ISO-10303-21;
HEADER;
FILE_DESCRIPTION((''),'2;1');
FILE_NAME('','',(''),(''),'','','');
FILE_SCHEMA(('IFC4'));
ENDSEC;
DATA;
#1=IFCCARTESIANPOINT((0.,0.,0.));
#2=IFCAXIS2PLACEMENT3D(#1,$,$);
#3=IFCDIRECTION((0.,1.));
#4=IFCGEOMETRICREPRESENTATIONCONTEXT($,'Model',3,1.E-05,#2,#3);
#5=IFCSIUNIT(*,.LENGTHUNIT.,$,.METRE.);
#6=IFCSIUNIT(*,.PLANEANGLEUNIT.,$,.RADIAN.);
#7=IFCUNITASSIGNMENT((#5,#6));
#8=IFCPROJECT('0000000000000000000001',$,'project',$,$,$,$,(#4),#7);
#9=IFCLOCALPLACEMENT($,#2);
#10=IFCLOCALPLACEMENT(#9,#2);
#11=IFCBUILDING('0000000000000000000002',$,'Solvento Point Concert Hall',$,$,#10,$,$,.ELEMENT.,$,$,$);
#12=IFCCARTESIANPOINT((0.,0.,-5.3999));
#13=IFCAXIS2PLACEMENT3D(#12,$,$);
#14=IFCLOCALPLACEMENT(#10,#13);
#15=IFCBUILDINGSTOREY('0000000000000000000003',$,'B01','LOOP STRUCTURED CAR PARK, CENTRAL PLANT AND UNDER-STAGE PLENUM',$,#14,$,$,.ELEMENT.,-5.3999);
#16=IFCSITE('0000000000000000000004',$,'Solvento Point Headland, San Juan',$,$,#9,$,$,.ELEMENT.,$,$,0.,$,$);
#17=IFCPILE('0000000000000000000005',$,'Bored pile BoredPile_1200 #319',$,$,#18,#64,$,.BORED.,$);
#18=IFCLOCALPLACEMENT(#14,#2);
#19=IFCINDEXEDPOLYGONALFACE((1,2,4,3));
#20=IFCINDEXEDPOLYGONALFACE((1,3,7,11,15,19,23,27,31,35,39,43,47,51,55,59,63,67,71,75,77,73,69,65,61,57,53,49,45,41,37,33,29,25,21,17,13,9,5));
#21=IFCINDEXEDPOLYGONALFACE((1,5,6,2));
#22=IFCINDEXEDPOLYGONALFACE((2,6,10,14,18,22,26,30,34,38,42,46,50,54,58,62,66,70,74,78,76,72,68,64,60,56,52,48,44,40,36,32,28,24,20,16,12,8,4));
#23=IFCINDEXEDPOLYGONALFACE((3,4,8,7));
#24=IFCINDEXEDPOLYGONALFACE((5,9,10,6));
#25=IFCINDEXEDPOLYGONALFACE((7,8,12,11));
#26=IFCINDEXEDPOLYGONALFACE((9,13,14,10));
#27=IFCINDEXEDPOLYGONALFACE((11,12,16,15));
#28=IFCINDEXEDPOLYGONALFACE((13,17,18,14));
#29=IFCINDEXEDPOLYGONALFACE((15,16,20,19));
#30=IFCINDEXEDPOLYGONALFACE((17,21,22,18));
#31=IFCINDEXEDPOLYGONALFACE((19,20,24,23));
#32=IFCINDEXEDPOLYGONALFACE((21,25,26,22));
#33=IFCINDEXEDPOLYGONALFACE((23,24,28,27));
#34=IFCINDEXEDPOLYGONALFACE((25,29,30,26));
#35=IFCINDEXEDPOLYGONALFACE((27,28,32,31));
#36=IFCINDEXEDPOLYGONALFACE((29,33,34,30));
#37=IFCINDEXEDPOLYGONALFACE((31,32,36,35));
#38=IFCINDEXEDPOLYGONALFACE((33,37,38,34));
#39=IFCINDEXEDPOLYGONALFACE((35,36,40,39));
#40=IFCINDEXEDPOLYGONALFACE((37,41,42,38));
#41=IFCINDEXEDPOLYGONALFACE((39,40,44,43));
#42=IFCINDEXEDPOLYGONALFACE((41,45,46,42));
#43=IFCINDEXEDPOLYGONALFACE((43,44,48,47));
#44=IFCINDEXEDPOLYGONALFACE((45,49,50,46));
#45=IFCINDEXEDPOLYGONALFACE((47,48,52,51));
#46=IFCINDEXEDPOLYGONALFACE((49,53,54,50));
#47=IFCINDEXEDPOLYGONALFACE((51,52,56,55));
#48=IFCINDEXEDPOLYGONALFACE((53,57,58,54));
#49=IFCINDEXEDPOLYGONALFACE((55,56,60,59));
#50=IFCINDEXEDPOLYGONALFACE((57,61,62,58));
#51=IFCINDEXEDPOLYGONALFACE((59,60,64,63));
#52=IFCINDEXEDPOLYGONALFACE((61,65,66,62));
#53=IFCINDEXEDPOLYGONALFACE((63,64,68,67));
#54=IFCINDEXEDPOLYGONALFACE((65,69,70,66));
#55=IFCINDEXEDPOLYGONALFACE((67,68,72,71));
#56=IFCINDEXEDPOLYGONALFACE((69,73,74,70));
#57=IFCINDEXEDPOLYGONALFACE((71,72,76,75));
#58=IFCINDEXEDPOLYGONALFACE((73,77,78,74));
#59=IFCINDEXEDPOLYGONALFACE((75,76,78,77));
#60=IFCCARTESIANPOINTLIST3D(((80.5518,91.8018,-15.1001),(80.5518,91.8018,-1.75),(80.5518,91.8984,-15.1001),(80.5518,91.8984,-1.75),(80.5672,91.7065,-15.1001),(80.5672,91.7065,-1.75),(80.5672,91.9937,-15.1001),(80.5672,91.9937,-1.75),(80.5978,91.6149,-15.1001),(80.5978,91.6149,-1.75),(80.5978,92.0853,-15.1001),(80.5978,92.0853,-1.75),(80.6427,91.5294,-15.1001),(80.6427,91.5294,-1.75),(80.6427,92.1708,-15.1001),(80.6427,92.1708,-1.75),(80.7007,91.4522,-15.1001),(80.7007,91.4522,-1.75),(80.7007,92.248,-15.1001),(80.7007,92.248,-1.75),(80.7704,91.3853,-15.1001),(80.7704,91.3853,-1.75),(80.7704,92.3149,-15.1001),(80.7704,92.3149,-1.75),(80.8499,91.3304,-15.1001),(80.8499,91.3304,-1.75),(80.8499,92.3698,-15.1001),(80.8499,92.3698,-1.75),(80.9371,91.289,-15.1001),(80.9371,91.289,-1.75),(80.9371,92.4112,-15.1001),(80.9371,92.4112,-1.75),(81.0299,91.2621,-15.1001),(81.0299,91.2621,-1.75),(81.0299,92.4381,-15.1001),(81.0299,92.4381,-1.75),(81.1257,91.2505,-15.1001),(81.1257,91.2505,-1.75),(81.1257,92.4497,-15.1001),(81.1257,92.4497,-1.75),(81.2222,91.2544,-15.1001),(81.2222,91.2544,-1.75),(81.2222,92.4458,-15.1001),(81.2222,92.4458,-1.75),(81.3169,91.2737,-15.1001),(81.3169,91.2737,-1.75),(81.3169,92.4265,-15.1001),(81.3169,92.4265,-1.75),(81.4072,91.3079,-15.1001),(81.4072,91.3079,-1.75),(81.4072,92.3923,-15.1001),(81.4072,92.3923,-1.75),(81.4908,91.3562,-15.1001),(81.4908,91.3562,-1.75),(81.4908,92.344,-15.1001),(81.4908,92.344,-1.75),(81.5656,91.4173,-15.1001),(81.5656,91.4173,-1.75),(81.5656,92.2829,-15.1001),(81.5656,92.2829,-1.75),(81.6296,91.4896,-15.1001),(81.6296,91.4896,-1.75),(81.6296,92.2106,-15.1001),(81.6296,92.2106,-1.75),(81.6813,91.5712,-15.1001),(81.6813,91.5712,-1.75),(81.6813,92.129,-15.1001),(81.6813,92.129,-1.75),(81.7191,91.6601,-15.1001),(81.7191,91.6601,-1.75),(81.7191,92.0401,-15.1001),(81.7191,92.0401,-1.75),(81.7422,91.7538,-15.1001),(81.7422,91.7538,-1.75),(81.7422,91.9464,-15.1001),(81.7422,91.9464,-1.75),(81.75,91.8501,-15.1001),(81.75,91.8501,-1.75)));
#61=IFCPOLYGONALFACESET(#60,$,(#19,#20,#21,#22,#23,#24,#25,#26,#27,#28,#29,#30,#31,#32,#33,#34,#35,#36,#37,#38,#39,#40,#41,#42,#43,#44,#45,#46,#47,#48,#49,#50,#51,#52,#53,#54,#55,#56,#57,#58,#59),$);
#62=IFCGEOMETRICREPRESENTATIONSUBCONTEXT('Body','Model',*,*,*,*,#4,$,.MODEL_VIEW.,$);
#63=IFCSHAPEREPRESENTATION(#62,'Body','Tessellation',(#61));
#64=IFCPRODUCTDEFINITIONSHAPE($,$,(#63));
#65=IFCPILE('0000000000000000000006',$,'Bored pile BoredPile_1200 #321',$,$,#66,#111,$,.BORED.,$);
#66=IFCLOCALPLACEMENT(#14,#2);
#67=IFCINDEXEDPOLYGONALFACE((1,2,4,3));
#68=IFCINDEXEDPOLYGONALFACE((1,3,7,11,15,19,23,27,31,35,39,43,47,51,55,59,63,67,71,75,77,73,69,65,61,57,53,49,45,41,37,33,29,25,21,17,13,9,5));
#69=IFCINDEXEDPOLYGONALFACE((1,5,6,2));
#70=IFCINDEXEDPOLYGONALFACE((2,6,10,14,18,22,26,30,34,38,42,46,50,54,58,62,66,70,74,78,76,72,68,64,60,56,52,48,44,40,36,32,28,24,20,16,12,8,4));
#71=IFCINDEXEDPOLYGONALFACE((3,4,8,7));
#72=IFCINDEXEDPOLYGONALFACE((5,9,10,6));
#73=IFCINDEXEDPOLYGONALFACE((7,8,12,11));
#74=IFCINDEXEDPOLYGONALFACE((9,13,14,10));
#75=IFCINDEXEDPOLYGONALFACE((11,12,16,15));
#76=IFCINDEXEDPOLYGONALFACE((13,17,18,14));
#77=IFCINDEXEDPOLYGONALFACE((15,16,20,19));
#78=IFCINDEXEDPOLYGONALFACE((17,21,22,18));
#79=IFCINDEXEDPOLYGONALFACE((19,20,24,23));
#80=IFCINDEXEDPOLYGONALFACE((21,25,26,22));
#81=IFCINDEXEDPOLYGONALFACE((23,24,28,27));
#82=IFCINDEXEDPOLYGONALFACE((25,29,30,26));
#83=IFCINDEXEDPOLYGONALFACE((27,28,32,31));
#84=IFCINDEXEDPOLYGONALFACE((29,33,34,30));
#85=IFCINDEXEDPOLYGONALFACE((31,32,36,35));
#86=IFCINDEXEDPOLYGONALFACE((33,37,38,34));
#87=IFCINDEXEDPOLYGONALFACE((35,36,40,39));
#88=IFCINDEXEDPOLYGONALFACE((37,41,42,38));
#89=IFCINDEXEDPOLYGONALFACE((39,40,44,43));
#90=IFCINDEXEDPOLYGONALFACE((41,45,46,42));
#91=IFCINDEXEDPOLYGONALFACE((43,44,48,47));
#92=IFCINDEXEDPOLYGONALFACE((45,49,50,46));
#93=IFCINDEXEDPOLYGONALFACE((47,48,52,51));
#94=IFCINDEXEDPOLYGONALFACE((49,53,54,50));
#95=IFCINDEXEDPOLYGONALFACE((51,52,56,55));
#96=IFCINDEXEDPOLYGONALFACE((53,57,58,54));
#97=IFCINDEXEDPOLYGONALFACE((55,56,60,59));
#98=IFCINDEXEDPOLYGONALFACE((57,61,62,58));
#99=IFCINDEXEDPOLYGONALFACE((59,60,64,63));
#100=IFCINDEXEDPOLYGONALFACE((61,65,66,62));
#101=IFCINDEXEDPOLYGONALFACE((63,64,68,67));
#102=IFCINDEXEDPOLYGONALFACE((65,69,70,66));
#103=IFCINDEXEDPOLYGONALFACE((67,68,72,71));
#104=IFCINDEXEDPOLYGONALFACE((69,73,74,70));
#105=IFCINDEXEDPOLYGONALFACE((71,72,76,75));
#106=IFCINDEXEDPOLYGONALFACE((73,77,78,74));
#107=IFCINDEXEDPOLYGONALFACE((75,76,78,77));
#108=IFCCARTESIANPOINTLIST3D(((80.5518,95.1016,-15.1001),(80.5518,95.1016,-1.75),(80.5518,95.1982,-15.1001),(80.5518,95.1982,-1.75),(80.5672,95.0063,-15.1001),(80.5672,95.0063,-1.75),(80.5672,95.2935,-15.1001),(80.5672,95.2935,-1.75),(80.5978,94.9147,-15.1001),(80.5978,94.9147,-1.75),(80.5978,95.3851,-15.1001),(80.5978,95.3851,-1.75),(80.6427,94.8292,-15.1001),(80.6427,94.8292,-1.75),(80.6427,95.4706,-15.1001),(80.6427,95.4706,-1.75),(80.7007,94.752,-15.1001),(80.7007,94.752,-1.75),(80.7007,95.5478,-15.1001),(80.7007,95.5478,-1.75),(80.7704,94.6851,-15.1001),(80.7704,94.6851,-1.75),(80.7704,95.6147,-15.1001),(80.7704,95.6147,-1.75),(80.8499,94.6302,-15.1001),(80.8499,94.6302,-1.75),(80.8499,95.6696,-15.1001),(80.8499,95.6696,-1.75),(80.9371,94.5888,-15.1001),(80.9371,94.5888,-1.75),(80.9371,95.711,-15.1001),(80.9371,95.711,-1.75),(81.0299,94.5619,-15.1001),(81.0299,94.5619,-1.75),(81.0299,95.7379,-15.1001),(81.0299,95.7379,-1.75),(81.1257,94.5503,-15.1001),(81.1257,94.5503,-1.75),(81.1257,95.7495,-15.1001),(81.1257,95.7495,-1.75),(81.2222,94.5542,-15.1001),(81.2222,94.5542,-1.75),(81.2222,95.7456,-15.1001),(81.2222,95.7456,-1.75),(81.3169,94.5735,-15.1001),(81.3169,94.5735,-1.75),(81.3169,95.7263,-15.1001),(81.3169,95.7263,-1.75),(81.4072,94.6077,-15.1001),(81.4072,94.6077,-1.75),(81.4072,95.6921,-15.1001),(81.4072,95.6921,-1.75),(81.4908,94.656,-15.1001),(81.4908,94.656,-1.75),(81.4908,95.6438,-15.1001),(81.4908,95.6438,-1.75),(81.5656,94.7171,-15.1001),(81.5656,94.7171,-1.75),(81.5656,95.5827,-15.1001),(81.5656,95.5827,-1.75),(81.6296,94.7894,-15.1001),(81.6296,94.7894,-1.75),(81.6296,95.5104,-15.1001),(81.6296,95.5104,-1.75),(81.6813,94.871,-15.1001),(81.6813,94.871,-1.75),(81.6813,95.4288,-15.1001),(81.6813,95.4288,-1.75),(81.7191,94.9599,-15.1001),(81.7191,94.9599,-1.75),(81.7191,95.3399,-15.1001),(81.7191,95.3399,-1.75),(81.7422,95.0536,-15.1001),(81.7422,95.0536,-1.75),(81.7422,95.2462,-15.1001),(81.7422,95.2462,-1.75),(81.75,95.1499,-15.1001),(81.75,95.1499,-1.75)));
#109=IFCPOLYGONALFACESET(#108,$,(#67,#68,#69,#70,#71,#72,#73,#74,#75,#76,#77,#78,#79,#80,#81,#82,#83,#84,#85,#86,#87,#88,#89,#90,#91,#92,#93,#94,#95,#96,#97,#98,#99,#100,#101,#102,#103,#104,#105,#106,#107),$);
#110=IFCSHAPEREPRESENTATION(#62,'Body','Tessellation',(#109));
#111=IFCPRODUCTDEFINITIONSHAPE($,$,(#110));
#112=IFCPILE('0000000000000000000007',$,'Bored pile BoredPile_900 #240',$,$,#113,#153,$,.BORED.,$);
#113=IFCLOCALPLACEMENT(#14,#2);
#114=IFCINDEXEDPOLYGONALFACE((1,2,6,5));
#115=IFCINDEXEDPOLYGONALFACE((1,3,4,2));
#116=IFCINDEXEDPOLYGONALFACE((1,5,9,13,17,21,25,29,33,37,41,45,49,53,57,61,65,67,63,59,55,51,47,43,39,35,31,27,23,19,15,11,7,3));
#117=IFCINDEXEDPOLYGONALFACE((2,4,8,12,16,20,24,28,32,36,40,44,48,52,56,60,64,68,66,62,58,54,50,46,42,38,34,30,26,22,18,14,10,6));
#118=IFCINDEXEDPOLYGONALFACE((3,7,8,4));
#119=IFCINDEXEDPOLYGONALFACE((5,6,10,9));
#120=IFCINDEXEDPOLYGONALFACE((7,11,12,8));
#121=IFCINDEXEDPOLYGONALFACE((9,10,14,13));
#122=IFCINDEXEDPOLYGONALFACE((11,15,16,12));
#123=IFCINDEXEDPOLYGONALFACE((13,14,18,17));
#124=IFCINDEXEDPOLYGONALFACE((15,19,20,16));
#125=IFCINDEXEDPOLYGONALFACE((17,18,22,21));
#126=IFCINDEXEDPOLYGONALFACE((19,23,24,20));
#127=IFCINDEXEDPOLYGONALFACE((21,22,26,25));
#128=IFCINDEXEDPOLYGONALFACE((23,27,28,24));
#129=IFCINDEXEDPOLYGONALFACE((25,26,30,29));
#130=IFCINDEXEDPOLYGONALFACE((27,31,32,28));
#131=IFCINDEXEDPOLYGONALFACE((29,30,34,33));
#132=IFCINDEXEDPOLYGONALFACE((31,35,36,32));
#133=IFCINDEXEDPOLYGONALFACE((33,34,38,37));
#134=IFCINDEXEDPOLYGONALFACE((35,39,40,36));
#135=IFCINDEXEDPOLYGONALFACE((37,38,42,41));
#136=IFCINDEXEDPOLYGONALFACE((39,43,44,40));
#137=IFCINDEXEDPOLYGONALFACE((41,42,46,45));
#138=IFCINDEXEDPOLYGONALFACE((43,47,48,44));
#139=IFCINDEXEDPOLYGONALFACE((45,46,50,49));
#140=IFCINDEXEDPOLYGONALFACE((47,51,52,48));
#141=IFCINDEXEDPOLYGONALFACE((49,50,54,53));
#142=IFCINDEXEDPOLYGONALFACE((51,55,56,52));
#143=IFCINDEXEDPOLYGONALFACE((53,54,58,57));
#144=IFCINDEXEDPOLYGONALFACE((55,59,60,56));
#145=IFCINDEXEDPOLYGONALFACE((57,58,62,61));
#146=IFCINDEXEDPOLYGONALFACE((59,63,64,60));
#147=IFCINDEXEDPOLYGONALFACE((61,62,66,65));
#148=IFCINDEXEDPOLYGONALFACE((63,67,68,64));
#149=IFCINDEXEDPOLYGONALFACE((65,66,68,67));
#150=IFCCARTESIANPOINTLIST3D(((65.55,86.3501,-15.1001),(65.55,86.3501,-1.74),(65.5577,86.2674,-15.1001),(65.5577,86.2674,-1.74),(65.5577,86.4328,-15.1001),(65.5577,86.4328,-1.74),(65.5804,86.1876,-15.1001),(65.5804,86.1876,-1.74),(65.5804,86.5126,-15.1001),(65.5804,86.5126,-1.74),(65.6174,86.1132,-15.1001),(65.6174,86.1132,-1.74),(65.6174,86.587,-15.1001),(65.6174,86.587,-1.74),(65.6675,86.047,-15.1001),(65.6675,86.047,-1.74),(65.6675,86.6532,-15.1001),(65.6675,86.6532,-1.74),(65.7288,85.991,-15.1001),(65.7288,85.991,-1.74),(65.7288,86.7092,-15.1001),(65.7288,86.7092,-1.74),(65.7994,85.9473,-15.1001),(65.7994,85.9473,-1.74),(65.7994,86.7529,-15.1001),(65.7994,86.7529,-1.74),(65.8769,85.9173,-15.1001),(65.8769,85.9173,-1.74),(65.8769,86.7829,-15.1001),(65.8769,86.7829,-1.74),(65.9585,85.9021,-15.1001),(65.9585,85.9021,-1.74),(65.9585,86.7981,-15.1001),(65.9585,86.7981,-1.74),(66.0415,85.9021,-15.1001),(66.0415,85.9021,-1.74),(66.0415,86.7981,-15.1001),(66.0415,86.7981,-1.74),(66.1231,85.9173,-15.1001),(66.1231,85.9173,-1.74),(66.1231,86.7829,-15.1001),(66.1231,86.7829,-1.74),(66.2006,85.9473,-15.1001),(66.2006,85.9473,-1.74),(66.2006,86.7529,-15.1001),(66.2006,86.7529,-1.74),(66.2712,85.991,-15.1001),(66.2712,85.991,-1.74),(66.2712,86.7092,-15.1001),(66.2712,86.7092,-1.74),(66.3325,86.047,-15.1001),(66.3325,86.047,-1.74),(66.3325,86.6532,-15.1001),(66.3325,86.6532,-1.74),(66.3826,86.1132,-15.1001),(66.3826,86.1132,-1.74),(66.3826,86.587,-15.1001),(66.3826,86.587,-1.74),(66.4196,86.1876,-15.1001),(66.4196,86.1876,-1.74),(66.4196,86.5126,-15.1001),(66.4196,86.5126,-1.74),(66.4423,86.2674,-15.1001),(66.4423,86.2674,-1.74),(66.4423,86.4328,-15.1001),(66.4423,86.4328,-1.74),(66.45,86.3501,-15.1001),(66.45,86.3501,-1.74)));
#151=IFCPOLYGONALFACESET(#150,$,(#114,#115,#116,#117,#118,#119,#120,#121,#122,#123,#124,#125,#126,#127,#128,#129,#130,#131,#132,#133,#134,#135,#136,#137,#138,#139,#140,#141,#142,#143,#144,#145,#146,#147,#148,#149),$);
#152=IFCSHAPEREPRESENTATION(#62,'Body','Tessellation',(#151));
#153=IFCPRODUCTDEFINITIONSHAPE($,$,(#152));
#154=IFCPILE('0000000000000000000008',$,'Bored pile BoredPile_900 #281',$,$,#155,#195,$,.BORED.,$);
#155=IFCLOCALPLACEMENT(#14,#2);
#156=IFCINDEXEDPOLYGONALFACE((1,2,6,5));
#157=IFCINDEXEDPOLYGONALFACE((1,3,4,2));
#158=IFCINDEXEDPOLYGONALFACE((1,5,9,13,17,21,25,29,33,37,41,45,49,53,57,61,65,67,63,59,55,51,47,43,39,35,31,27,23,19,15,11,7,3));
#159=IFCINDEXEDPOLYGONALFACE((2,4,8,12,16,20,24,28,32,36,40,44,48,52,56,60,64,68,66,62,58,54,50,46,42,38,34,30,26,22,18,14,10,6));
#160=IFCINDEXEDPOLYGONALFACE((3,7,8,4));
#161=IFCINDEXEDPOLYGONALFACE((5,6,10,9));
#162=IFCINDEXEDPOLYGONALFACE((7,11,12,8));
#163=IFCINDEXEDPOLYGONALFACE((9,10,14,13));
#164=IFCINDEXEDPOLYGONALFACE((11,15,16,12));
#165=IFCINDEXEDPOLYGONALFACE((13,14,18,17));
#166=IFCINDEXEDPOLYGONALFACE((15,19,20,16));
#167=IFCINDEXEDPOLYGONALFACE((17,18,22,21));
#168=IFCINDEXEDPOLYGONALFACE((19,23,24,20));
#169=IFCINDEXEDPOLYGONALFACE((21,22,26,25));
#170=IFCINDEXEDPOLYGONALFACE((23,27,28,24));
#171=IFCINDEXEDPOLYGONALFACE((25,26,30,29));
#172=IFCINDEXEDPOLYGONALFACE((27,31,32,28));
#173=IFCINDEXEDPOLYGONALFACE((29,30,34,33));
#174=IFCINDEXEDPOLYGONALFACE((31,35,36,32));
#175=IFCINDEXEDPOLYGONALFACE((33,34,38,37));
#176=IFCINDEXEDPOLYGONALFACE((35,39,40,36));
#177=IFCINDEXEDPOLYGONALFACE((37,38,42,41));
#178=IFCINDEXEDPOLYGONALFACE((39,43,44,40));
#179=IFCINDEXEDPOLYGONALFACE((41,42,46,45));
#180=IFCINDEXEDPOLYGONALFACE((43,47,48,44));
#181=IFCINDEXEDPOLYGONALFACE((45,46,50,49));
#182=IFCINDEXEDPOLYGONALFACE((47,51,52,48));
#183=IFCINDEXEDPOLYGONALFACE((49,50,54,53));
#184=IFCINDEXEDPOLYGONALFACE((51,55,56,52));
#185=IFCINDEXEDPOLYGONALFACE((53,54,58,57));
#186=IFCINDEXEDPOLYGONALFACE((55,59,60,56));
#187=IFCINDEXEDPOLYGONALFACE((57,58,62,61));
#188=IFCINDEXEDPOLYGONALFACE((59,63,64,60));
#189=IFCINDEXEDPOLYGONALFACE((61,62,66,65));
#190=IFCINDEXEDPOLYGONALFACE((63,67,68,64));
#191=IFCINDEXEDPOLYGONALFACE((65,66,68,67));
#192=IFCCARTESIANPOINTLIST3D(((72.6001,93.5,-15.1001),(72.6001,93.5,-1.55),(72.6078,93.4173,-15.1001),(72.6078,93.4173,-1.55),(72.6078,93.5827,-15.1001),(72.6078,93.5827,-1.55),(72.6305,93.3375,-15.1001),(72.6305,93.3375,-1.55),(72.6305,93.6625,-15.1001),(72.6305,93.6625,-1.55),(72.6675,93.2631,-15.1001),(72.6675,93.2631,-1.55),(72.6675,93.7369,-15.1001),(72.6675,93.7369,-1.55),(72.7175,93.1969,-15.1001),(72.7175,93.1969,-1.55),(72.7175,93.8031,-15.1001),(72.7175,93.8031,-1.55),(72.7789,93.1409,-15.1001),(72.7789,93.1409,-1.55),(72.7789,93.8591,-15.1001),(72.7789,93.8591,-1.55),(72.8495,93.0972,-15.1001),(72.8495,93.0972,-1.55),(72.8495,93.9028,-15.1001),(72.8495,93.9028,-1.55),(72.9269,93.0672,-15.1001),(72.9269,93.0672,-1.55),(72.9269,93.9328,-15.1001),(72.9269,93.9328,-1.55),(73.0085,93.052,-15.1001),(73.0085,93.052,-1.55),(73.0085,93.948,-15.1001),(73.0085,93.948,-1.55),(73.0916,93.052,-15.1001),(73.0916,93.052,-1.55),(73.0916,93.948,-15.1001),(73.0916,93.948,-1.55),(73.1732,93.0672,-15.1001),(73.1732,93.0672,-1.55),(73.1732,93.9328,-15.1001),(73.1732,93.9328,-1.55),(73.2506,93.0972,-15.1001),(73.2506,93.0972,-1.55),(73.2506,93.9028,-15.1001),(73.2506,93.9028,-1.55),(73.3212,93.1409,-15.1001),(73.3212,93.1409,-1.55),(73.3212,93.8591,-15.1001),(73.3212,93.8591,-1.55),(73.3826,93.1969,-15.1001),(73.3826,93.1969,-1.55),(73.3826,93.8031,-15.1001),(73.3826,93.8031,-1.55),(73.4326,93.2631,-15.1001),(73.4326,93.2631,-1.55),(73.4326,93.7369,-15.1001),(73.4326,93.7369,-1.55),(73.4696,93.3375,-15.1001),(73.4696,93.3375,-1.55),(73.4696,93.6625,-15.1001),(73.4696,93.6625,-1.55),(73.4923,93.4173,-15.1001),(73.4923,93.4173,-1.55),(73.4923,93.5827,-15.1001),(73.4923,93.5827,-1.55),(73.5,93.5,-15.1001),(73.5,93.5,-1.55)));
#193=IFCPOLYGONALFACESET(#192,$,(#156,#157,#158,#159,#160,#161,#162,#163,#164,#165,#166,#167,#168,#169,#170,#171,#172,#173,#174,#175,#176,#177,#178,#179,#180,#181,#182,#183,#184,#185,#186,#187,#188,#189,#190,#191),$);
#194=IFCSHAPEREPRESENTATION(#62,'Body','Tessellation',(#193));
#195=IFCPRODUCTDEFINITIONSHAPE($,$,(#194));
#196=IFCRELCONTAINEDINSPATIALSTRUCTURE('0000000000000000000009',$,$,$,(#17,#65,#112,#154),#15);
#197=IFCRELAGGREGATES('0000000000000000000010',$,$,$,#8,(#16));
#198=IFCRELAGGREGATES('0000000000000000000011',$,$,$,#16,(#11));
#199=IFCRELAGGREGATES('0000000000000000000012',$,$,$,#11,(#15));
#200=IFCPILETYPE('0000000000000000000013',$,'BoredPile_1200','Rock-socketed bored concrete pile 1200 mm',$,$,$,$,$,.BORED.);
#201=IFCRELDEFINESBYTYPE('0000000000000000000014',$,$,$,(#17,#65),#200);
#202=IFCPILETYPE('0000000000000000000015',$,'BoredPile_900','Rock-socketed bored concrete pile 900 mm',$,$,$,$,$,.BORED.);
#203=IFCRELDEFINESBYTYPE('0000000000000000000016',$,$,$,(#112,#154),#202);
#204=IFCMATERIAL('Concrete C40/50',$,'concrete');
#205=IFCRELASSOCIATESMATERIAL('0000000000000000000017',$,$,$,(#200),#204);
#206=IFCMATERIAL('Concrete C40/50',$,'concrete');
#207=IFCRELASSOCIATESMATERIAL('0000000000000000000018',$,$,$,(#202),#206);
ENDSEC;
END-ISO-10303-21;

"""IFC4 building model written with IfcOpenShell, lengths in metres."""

from ifc_helpers import new_model, si_unit, direction, frame, origin, origin_2d, place, context, subcontext, project, spatial, circle, extrude, material, material_profile, profile_set, type_object, element, save


model = new_model("IFC4")

# Units and contexts
model_context = context("Model", 3, precision=1e-05, world=origin(), true_north=direction((0.0, 1.0)))
body_context = subcontext(model_context, "Body", "Model", "MODEL_VIEW")
ifc_project = project(units=[si_unit("LENGTHUNIT", "METRE"), si_unit("PLANEANGLEUNIT", "RADIAN")], contexts=[model_context])

# Site, building, storey
site_placement = place(None, origin())
site = spatial("IfcSite", under=ifc_project, at=site_placement, Name="Solvento Point Headland, San Juan", CompositionType="ELEMENT", RefElevation=0.0)
building_placement = place(site_placement, origin())
building = spatial("IfcBuilding", under=site, at=building_placement, Name="Solvento Point Concert Hall", CompositionType="ELEMENT")
storey_placement = place(building_placement, frame((0.0, 0.0, -5.3999)))
storey = spatial("IfcBuildingStorey", under=building, at=storey_placement, Name="B01", Description="LOOP STRUCTURED CAR PARK, CENTRAL PLANT AND UNDER-STAGE PLENUM", CompositionType="ELEMENT", Elevation=-5.3999)

# Piles
ifc_material_1 = material(Name="Concrete C40/50", Category="concrete")
ifc_material_profile_1 = material_profile(ifc_material_1, circle(Radius=0.6001, at=origin_2d()), Name="BP-1200")
ifc_profile_set_1 = profile_set([ifc_material_profile_1], Name="Concrete C40/50")
pile_type_1 = type_object("IfcPileType", Name="BoredPile_1200", Description="Rock-socketed bored concrete pile 1200 mm", PredefinedType="BORED", material=ifc_profile_set_1)
for number, where, z_axis, x_axis, name in (
    (1, (81.1499, 91.8501, -1.75), (0.0, 0.0, -1.0), (1.0, 0.0, 0.0), "Bored pile BoredPile_1200 #319"),
    (2, (81.1499, 95.1499, -1.75), (0.0, 0.0, -1.0), (1.0, 0.0, 0.0), "Bored pile BoredPile_1200 #321"),
):
    element("IfcPile", number, at=place(storey_placement, frame(where, z_axis=z_axis, x_axis=x_axis)), inside=storey, type_object=pile_type_1, Name=name, PredefinedType="BORED", context=body_context, shape_type="SweptSolid", body=[
        extrude(circle(Radius=0.6001, at=origin_2d()), origin(), (0.0, 0.0, 1.0), 13.3501),
    ])
ifc_material_2 = material(Name="Concrete C40/50", Category="concrete")
ifc_material_profile_2 = material_profile(ifc_material_2, circle(Radius=0.45, at=origin_2d()), Name="BP-900")
ifc_profile_set_2 = profile_set([ifc_material_profile_2], Name="Concrete C40/50")
pile_type_2 = type_object("IfcPileType", Name="BoredPile_900", Description="Rock-socketed bored concrete pile 900 mm", PredefinedType="BORED", material=ifc_profile_set_2)
pile_1_placement = place(storey_placement, frame((66.0, 86.3501, -1.74), z_axis=(0.0, 0.0, -1.0), x_axis=(1.0, 0.0, 0.0)))
element("IfcPile", 3, at=pile_1_placement, inside=storey, type_object=pile_type_2, Name="Bored pile BoredPile_900 #240", PredefinedType="BORED", context=body_context, shape_type="SweptSolid", body=[
    extrude(circle(Radius=0.45, at=origin_2d()), origin(), (0.0, 0.0, 1.0), 13.3601),
])
for number, where, z_axis, x_axis, name in (
    (4, (73.05, 93.5, -1.55), (0.0, 0.0, -1.0), (1.0, 0.0, 0.0), "Bored pile BoredPile_900 #281"),
):
    element("IfcPile", number, at=place(storey_placement, frame(where, z_axis=z_axis, x_axis=x_axis)), inside=storey, type_object=pile_type_2, Name=name, PredefinedType="BORED", context=body_context, shape_type="SweptSolid", body=[
        extrude(circle(Radius=0.45, at=origin_2d()), origin(), (0.0, 0.0, 1.0), 13.55),
    ])

save(model, "model.ifc")
